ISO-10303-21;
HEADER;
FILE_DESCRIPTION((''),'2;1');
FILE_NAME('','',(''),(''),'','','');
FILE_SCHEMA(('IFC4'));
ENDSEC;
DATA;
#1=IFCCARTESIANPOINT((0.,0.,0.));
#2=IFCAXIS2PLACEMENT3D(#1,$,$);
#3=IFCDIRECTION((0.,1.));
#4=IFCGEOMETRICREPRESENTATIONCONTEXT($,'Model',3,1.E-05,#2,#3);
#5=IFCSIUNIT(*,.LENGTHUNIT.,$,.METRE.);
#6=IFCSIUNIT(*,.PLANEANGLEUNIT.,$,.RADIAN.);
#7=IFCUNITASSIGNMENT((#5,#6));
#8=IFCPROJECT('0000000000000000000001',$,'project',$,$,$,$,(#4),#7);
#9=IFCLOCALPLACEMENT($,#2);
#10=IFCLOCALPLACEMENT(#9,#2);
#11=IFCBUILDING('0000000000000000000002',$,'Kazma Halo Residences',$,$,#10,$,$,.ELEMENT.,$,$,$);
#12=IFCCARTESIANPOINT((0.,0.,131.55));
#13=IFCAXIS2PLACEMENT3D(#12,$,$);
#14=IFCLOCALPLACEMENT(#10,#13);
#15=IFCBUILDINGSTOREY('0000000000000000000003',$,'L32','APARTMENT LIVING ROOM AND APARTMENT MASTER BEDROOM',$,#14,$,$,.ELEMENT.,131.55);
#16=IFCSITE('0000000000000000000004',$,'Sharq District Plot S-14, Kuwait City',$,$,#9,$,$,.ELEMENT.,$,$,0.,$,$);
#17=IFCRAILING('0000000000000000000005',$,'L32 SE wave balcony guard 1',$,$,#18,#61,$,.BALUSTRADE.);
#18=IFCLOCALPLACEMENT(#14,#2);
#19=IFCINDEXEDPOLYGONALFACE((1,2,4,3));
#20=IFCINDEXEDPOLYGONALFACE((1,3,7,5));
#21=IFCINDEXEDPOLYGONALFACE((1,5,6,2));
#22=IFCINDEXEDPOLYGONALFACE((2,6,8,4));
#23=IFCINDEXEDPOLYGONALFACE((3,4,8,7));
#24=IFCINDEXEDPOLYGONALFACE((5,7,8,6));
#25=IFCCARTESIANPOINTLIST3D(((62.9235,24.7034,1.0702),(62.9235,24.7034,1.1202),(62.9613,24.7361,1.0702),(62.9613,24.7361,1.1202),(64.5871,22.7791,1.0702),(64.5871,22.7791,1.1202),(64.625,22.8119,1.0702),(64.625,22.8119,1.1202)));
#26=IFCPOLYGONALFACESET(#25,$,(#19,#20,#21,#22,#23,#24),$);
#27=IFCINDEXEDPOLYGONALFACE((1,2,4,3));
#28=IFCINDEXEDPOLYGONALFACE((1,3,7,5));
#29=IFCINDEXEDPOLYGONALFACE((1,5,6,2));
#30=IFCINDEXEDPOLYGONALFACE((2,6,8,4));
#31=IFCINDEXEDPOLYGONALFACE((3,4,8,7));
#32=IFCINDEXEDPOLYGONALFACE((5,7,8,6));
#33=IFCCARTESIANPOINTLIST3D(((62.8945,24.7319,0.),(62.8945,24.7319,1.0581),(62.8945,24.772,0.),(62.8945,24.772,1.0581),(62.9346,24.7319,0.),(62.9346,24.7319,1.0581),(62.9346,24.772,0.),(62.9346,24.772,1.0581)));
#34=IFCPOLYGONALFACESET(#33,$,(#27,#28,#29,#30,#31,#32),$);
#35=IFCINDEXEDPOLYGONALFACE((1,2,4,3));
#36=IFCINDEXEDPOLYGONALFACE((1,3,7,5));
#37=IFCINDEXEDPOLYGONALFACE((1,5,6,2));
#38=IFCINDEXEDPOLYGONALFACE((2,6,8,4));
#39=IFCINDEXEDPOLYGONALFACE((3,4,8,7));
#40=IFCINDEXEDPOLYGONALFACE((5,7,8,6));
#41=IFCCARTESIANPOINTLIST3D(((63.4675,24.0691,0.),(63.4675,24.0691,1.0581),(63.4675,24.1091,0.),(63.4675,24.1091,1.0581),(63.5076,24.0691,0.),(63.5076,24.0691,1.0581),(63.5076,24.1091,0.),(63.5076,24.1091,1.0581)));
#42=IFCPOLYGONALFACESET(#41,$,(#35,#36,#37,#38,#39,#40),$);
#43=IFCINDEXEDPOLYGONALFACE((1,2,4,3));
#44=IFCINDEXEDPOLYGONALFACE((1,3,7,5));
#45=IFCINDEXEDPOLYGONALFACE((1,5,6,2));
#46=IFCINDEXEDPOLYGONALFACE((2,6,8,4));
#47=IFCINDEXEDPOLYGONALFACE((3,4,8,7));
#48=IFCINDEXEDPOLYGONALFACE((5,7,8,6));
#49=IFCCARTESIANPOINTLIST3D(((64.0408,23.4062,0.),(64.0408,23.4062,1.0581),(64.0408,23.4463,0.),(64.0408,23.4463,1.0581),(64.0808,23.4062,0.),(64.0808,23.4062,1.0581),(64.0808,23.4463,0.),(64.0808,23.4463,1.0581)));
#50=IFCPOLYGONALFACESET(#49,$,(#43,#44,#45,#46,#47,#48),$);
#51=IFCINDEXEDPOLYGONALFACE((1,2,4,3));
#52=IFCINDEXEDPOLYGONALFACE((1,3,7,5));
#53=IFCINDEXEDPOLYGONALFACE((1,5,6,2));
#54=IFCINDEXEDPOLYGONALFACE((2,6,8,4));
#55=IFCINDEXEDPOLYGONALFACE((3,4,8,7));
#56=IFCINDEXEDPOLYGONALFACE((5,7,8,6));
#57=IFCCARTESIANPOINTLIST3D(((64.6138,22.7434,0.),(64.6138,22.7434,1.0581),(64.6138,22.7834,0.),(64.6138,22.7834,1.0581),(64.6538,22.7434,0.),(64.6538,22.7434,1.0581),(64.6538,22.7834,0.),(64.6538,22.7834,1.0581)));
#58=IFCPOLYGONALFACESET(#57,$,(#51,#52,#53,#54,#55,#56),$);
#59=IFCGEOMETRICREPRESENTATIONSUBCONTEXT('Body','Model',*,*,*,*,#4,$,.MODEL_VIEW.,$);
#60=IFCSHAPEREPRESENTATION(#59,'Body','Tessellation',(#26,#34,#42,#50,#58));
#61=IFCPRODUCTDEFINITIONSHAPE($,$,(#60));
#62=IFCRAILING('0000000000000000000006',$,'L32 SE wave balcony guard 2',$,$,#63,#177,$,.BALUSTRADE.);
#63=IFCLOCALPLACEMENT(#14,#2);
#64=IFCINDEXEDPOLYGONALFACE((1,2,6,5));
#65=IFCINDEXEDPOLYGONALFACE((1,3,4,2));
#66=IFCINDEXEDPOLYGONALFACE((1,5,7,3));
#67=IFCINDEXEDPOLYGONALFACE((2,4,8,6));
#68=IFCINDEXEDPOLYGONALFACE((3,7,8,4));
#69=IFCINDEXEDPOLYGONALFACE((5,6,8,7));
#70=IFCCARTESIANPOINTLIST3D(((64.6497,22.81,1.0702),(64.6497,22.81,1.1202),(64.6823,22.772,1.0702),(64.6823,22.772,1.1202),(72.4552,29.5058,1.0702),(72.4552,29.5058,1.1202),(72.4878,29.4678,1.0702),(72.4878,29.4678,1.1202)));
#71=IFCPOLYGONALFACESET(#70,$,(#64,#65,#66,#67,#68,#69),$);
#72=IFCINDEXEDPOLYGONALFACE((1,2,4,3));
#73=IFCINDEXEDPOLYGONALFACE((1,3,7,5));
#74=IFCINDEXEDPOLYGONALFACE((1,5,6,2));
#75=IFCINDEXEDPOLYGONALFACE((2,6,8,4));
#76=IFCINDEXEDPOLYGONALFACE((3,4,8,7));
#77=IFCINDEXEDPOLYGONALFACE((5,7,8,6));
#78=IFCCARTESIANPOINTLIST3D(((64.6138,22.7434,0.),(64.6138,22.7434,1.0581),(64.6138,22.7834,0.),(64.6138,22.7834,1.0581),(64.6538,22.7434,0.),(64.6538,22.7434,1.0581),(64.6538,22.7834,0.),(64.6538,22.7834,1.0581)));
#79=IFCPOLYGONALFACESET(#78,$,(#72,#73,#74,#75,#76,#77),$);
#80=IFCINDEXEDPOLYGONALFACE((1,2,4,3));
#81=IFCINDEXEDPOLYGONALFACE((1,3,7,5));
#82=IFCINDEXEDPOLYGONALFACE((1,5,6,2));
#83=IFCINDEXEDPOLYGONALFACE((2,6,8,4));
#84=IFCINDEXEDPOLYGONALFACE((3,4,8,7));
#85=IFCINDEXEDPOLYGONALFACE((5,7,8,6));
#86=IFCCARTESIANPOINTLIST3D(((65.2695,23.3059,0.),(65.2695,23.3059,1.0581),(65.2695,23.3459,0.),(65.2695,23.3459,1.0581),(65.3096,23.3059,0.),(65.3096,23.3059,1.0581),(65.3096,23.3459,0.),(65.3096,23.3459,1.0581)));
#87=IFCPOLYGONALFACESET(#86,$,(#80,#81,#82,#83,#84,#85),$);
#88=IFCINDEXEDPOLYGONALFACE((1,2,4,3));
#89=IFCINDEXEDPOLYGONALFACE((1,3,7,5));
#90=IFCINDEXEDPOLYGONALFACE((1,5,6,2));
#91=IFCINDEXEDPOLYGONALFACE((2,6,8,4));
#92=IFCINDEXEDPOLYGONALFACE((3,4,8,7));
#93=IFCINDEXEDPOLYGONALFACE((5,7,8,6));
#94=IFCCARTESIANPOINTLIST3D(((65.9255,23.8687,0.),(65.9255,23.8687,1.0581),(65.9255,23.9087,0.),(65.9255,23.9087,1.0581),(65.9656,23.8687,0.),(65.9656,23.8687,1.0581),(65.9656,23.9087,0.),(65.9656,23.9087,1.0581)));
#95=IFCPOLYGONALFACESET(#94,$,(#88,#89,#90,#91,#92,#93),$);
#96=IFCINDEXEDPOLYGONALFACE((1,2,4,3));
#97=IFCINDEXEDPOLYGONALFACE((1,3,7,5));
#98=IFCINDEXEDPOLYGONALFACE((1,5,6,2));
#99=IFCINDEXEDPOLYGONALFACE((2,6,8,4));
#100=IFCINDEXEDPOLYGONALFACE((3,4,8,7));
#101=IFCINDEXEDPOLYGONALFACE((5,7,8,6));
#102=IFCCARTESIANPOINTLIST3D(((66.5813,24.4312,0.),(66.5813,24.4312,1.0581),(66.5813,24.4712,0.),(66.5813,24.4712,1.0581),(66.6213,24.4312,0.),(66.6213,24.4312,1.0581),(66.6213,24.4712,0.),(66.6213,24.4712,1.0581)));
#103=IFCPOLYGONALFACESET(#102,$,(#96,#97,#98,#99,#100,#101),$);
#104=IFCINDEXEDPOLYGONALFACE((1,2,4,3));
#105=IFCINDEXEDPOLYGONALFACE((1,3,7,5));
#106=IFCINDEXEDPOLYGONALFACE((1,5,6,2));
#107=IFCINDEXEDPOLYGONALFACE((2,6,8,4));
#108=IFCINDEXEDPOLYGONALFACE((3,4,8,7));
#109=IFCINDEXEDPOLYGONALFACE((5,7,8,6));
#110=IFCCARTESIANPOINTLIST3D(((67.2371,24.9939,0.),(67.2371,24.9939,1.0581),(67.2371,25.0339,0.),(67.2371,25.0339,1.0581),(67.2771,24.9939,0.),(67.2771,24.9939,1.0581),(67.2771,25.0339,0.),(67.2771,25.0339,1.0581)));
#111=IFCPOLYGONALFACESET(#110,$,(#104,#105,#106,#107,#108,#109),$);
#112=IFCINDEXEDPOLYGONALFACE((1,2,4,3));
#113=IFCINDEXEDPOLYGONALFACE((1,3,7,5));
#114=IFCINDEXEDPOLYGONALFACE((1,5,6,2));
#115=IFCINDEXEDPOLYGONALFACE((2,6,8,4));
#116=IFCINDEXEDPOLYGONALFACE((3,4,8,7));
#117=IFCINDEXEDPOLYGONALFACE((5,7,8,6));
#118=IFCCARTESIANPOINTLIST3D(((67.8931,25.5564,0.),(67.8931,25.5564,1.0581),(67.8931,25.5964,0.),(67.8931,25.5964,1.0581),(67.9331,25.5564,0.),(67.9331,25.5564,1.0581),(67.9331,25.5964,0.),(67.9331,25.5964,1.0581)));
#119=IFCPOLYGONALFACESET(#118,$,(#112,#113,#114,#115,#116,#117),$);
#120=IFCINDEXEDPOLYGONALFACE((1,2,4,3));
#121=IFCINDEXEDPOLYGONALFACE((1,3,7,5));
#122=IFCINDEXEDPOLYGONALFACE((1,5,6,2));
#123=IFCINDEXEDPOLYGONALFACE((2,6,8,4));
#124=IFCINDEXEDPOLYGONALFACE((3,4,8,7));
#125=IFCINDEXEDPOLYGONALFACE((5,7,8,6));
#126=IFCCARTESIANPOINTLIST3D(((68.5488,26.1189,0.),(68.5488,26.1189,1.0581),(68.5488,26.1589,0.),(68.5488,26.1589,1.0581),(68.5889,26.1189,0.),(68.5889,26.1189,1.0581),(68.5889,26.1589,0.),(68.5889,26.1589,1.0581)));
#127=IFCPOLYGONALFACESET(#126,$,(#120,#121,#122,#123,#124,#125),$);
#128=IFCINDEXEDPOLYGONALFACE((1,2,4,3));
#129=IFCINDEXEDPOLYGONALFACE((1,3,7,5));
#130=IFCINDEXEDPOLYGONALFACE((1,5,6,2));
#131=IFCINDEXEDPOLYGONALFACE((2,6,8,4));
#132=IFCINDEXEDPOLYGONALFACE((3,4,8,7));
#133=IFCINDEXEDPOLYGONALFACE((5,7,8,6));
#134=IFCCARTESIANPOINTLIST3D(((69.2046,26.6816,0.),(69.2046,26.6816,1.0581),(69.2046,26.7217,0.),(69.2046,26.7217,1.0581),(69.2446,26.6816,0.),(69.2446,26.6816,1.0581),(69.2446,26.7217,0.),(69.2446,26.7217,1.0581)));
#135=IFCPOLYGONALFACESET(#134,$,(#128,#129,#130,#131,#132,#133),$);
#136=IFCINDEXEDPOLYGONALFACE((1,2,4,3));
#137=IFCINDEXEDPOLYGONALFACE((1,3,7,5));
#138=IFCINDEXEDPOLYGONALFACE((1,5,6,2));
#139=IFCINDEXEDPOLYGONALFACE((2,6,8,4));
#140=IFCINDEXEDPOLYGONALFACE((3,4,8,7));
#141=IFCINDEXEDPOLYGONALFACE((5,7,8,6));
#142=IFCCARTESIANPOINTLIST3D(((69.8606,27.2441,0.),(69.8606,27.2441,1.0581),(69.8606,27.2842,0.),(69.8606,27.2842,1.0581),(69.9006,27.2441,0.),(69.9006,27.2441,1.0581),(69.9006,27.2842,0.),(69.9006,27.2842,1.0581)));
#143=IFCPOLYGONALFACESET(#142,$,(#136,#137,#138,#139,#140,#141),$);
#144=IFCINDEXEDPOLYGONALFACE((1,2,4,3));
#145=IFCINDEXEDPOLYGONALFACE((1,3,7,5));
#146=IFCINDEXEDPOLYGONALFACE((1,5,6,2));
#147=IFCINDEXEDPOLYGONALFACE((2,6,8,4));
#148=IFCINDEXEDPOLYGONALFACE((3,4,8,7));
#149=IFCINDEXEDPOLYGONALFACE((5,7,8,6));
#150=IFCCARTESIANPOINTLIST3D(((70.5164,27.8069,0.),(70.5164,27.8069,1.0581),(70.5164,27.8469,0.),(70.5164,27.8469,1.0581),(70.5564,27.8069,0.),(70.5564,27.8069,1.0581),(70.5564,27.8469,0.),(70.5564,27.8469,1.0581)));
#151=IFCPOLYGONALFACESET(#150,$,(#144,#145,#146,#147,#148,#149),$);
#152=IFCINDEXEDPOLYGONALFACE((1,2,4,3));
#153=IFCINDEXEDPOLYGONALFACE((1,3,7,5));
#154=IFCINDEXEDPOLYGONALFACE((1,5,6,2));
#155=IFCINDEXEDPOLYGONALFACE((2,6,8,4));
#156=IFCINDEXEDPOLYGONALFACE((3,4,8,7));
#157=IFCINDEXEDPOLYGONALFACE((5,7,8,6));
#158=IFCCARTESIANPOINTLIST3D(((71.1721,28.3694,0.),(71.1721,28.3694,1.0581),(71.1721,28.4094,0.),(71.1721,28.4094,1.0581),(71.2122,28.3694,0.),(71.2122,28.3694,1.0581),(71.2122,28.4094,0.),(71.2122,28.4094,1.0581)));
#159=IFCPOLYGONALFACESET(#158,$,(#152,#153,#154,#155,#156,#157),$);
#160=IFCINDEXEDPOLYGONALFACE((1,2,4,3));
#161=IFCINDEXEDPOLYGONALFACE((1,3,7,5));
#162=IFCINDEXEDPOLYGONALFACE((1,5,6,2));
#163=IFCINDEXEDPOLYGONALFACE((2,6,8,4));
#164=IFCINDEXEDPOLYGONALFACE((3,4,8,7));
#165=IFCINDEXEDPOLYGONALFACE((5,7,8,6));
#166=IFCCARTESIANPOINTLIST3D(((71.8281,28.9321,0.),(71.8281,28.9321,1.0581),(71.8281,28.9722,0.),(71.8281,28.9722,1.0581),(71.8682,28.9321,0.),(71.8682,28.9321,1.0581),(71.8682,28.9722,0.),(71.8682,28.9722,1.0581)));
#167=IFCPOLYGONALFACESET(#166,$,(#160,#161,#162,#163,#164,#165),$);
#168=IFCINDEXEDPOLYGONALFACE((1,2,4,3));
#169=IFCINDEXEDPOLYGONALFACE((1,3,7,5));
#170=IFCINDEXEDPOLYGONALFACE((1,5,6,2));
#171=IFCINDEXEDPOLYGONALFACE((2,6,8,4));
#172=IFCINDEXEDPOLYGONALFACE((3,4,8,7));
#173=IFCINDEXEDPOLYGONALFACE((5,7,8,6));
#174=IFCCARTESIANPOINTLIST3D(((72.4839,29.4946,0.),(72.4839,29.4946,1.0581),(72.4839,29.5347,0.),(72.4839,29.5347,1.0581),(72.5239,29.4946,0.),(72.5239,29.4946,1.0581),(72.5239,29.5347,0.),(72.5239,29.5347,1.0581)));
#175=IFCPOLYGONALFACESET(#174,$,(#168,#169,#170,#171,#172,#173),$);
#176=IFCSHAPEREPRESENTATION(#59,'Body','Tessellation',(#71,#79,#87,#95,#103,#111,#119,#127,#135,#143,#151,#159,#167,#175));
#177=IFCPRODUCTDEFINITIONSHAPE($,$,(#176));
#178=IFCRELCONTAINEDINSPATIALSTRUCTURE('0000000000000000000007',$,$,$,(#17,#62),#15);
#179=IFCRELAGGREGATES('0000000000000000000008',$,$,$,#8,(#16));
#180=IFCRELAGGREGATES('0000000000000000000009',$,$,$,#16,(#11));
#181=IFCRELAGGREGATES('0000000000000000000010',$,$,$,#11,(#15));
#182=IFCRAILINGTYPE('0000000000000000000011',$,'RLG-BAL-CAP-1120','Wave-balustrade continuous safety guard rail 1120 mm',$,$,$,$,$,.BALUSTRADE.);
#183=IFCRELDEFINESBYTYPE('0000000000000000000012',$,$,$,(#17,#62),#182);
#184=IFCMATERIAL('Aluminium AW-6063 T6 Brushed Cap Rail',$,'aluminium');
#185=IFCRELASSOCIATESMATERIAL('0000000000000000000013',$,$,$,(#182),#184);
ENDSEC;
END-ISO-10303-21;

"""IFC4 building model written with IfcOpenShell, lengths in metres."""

from ifc_helpers import new_model, si_unit, direction, frame, origin, origin_2d, place, context, subcontext, project, spatial, rectangle, extrude, material, type_object, element, save


model = new_model("IFC4")

# Units and contexts
model_context = context("Model", 3, precision=1e-05, world=origin(), true_north=direction((0.0, 1.0)))
body_context = subcontext(model_context, "Body", "Model", "MODEL_VIEW")
ifc_project = project(units=[si_unit("LENGTHUNIT", "METRE"), si_unit("PLANEANGLEUNIT", "RADIAN")], contexts=[model_context])

# Site, building, storey
site_placement = place(None, origin())
site = spatial("IfcSite", under=ifc_project, at=site_placement, Name="Sharq District Plot S-14, Kuwait City", CompositionType="ELEMENT", RefElevation=0.0)
building_placement = place(site_placement, origin())
building = spatial("IfcBuilding", under=site, at=building_placement, Name="Kazma Halo Residences", CompositionType="ELEMENT")
storey_placement = place(building_placement, frame((0.0, 0.0, 131.55)))
storey = spatial("IfcBuildingStorey", under=building, at=storey_placement, Name="L32", Description="APARTMENT LIVING ROOM AND APARTMENT MASTER BEDROOM", CompositionType="ELEMENT", Elevation=131.55)

# Railings
ifc_material_1 = material(Name="Aluminium AW-6063 T6 Brushed Cap Rail", Category="aluminium")
railing_type = type_object("IfcRailingType", Name="RLG-BAL-CAP-1120", Description="Wave-balustrade continuous safety guard rail 1120 mm", PredefinedType="BALUSTRADE", material=ifc_material_1)
railing_1_placement = place(storey_placement, frame((62.9146, 24.752, 0.0)))
element("IfcRailing", 1, at=railing_1_placement, inside=storey, type_object=railing_type, Name="L32 SE wave balcony guard 1", PredefinedType="BALUSTRADE", context=body_context, shape_type="SweptSolid", body=[
    extrude(rectangle(XDim=0.05, YDim=0.05, at=origin_2d()), frame((0.0278, -0.0322, 1.0952), z_axis=(0.654028, -0.75647, 0.0), x_axis=(0.75647, 0.654028, 0.0)), (0.0, 0.0, 1.0), 2.5437),
    extrude(rectangle(XDim=0.04, YDim=0.04, at=origin_2d()), origin(), (0.0, 0.0, 1.0), 1.0581),
    extrude(rectangle(XDim=0.04, YDim=0.04, at=origin_2d()), frame((0.573, -0.6628, 0.0)), (0.0, 0.0, 1.0), 1.0581),
    extrude(rectangle(XDim=0.04, YDim=0.04, at=origin_2d()), frame((1.1462, -1.3257, 0.0)), (0.0, 0.0, 1.0), 1.0581),
    extrude(rectangle(XDim=0.04, YDim=0.04, at=origin_2d()), frame((1.7192, -1.9885, 0.0)), (0.0, 0.0, 1.0), 1.0581),
])
railing_2_placement = place(storey_placement, frame((64.6338, 22.7634, 0.0)))
element("IfcRailing", 2, at=railing_2_placement, inside=storey, type_object=railing_type, Name="L32 SE wave balcony guard 2", PredefinedType="BALUSTRADE", context=body_context, shape_type="SweptSolid", body=[
    extrude(rectangle(XDim=0.05, YDim=0.05, at=origin_2d()), frame((0.0322, 0.0276, 1.0952), z_axis=(0.758999, 0.651092, 0.0), x_axis=(-0.651092, 0.758999, 0.0)), (0.0, 0.0, 1.0), 10.2839),
    extrude(rectangle(XDim=0.04, YDim=0.04, at=origin_2d()), origin(), (0.0, 0.0, 1.0), 1.0581),
    extrude(rectangle(XDim=0.04, YDim=0.04, at=origin_2d()), frame((0.6558, 0.5625, 0.0)), (0.0, 0.0, 1.0), 1.0581),
    extrude(rectangle(XDim=0.04, YDim=0.04, at=origin_2d()), frame((1.3118, 1.1252, 0.0)), (0.0, 0.0, 1.0), 1.0581),
    extrude(rectangle(XDim=0.04, YDim=0.04, at=origin_2d()), frame((1.9675, 1.6877, 0.0)), (0.0, 0.0, 1.0), 1.0581),
    extrude(rectangle(XDim=0.04, YDim=0.04, at=origin_2d()), frame((2.6233, 2.2505, 0.0)), (0.0, 0.0, 1.0), 1.0581),
    extrude(rectangle(XDim=0.04, YDim=0.04, at=origin_2d()), frame((3.2793, 2.813, 0.0)), (0.0, 0.0, 1.0), 1.0581),
    extrude(rectangle(XDim=0.04, YDim=0.04, at=origin_2d()), frame((3.9351, 3.3755, 0.0)), (0.0, 0.0, 1.0), 1.0581),
    extrude(rectangle(XDim=0.04, YDim=0.04, at=origin_2d()), frame((4.5908, 3.9382, 0.0)), (0.0, 0.0, 1.0), 1.0581),
    extrude(rectangle(XDim=0.04, YDim=0.04, at=origin_2d()), frame((5.2468, 4.5007, 0.0)), (0.0, 0.0, 1.0), 1.0581),
    extrude(rectangle(XDim=0.04, YDim=0.04, at=origin_2d()), frame((5.9026, 5.0635, 0.0)), (0.0, 0.0, 1.0), 1.0581),
    extrude(rectangle(XDim=0.04, YDim=0.04, at=origin_2d()), frame((6.5583, 5.626, 0.0)), (0.0, 0.0, 1.0), 1.0581),
    extrude(rectangle(XDim=0.04, YDim=0.04, at=origin_2d()), frame((7.2144, 6.1887, 0.0)), (0.0, 0.0, 1.0), 1.0581),
    extrude(rectangle(XDim=0.04, YDim=0.04, at=origin_2d()), frame((7.8701, 6.7512, 0.0)), (0.0, 0.0, 1.0), 1.0581),
])

save(model, "model.ifc")
